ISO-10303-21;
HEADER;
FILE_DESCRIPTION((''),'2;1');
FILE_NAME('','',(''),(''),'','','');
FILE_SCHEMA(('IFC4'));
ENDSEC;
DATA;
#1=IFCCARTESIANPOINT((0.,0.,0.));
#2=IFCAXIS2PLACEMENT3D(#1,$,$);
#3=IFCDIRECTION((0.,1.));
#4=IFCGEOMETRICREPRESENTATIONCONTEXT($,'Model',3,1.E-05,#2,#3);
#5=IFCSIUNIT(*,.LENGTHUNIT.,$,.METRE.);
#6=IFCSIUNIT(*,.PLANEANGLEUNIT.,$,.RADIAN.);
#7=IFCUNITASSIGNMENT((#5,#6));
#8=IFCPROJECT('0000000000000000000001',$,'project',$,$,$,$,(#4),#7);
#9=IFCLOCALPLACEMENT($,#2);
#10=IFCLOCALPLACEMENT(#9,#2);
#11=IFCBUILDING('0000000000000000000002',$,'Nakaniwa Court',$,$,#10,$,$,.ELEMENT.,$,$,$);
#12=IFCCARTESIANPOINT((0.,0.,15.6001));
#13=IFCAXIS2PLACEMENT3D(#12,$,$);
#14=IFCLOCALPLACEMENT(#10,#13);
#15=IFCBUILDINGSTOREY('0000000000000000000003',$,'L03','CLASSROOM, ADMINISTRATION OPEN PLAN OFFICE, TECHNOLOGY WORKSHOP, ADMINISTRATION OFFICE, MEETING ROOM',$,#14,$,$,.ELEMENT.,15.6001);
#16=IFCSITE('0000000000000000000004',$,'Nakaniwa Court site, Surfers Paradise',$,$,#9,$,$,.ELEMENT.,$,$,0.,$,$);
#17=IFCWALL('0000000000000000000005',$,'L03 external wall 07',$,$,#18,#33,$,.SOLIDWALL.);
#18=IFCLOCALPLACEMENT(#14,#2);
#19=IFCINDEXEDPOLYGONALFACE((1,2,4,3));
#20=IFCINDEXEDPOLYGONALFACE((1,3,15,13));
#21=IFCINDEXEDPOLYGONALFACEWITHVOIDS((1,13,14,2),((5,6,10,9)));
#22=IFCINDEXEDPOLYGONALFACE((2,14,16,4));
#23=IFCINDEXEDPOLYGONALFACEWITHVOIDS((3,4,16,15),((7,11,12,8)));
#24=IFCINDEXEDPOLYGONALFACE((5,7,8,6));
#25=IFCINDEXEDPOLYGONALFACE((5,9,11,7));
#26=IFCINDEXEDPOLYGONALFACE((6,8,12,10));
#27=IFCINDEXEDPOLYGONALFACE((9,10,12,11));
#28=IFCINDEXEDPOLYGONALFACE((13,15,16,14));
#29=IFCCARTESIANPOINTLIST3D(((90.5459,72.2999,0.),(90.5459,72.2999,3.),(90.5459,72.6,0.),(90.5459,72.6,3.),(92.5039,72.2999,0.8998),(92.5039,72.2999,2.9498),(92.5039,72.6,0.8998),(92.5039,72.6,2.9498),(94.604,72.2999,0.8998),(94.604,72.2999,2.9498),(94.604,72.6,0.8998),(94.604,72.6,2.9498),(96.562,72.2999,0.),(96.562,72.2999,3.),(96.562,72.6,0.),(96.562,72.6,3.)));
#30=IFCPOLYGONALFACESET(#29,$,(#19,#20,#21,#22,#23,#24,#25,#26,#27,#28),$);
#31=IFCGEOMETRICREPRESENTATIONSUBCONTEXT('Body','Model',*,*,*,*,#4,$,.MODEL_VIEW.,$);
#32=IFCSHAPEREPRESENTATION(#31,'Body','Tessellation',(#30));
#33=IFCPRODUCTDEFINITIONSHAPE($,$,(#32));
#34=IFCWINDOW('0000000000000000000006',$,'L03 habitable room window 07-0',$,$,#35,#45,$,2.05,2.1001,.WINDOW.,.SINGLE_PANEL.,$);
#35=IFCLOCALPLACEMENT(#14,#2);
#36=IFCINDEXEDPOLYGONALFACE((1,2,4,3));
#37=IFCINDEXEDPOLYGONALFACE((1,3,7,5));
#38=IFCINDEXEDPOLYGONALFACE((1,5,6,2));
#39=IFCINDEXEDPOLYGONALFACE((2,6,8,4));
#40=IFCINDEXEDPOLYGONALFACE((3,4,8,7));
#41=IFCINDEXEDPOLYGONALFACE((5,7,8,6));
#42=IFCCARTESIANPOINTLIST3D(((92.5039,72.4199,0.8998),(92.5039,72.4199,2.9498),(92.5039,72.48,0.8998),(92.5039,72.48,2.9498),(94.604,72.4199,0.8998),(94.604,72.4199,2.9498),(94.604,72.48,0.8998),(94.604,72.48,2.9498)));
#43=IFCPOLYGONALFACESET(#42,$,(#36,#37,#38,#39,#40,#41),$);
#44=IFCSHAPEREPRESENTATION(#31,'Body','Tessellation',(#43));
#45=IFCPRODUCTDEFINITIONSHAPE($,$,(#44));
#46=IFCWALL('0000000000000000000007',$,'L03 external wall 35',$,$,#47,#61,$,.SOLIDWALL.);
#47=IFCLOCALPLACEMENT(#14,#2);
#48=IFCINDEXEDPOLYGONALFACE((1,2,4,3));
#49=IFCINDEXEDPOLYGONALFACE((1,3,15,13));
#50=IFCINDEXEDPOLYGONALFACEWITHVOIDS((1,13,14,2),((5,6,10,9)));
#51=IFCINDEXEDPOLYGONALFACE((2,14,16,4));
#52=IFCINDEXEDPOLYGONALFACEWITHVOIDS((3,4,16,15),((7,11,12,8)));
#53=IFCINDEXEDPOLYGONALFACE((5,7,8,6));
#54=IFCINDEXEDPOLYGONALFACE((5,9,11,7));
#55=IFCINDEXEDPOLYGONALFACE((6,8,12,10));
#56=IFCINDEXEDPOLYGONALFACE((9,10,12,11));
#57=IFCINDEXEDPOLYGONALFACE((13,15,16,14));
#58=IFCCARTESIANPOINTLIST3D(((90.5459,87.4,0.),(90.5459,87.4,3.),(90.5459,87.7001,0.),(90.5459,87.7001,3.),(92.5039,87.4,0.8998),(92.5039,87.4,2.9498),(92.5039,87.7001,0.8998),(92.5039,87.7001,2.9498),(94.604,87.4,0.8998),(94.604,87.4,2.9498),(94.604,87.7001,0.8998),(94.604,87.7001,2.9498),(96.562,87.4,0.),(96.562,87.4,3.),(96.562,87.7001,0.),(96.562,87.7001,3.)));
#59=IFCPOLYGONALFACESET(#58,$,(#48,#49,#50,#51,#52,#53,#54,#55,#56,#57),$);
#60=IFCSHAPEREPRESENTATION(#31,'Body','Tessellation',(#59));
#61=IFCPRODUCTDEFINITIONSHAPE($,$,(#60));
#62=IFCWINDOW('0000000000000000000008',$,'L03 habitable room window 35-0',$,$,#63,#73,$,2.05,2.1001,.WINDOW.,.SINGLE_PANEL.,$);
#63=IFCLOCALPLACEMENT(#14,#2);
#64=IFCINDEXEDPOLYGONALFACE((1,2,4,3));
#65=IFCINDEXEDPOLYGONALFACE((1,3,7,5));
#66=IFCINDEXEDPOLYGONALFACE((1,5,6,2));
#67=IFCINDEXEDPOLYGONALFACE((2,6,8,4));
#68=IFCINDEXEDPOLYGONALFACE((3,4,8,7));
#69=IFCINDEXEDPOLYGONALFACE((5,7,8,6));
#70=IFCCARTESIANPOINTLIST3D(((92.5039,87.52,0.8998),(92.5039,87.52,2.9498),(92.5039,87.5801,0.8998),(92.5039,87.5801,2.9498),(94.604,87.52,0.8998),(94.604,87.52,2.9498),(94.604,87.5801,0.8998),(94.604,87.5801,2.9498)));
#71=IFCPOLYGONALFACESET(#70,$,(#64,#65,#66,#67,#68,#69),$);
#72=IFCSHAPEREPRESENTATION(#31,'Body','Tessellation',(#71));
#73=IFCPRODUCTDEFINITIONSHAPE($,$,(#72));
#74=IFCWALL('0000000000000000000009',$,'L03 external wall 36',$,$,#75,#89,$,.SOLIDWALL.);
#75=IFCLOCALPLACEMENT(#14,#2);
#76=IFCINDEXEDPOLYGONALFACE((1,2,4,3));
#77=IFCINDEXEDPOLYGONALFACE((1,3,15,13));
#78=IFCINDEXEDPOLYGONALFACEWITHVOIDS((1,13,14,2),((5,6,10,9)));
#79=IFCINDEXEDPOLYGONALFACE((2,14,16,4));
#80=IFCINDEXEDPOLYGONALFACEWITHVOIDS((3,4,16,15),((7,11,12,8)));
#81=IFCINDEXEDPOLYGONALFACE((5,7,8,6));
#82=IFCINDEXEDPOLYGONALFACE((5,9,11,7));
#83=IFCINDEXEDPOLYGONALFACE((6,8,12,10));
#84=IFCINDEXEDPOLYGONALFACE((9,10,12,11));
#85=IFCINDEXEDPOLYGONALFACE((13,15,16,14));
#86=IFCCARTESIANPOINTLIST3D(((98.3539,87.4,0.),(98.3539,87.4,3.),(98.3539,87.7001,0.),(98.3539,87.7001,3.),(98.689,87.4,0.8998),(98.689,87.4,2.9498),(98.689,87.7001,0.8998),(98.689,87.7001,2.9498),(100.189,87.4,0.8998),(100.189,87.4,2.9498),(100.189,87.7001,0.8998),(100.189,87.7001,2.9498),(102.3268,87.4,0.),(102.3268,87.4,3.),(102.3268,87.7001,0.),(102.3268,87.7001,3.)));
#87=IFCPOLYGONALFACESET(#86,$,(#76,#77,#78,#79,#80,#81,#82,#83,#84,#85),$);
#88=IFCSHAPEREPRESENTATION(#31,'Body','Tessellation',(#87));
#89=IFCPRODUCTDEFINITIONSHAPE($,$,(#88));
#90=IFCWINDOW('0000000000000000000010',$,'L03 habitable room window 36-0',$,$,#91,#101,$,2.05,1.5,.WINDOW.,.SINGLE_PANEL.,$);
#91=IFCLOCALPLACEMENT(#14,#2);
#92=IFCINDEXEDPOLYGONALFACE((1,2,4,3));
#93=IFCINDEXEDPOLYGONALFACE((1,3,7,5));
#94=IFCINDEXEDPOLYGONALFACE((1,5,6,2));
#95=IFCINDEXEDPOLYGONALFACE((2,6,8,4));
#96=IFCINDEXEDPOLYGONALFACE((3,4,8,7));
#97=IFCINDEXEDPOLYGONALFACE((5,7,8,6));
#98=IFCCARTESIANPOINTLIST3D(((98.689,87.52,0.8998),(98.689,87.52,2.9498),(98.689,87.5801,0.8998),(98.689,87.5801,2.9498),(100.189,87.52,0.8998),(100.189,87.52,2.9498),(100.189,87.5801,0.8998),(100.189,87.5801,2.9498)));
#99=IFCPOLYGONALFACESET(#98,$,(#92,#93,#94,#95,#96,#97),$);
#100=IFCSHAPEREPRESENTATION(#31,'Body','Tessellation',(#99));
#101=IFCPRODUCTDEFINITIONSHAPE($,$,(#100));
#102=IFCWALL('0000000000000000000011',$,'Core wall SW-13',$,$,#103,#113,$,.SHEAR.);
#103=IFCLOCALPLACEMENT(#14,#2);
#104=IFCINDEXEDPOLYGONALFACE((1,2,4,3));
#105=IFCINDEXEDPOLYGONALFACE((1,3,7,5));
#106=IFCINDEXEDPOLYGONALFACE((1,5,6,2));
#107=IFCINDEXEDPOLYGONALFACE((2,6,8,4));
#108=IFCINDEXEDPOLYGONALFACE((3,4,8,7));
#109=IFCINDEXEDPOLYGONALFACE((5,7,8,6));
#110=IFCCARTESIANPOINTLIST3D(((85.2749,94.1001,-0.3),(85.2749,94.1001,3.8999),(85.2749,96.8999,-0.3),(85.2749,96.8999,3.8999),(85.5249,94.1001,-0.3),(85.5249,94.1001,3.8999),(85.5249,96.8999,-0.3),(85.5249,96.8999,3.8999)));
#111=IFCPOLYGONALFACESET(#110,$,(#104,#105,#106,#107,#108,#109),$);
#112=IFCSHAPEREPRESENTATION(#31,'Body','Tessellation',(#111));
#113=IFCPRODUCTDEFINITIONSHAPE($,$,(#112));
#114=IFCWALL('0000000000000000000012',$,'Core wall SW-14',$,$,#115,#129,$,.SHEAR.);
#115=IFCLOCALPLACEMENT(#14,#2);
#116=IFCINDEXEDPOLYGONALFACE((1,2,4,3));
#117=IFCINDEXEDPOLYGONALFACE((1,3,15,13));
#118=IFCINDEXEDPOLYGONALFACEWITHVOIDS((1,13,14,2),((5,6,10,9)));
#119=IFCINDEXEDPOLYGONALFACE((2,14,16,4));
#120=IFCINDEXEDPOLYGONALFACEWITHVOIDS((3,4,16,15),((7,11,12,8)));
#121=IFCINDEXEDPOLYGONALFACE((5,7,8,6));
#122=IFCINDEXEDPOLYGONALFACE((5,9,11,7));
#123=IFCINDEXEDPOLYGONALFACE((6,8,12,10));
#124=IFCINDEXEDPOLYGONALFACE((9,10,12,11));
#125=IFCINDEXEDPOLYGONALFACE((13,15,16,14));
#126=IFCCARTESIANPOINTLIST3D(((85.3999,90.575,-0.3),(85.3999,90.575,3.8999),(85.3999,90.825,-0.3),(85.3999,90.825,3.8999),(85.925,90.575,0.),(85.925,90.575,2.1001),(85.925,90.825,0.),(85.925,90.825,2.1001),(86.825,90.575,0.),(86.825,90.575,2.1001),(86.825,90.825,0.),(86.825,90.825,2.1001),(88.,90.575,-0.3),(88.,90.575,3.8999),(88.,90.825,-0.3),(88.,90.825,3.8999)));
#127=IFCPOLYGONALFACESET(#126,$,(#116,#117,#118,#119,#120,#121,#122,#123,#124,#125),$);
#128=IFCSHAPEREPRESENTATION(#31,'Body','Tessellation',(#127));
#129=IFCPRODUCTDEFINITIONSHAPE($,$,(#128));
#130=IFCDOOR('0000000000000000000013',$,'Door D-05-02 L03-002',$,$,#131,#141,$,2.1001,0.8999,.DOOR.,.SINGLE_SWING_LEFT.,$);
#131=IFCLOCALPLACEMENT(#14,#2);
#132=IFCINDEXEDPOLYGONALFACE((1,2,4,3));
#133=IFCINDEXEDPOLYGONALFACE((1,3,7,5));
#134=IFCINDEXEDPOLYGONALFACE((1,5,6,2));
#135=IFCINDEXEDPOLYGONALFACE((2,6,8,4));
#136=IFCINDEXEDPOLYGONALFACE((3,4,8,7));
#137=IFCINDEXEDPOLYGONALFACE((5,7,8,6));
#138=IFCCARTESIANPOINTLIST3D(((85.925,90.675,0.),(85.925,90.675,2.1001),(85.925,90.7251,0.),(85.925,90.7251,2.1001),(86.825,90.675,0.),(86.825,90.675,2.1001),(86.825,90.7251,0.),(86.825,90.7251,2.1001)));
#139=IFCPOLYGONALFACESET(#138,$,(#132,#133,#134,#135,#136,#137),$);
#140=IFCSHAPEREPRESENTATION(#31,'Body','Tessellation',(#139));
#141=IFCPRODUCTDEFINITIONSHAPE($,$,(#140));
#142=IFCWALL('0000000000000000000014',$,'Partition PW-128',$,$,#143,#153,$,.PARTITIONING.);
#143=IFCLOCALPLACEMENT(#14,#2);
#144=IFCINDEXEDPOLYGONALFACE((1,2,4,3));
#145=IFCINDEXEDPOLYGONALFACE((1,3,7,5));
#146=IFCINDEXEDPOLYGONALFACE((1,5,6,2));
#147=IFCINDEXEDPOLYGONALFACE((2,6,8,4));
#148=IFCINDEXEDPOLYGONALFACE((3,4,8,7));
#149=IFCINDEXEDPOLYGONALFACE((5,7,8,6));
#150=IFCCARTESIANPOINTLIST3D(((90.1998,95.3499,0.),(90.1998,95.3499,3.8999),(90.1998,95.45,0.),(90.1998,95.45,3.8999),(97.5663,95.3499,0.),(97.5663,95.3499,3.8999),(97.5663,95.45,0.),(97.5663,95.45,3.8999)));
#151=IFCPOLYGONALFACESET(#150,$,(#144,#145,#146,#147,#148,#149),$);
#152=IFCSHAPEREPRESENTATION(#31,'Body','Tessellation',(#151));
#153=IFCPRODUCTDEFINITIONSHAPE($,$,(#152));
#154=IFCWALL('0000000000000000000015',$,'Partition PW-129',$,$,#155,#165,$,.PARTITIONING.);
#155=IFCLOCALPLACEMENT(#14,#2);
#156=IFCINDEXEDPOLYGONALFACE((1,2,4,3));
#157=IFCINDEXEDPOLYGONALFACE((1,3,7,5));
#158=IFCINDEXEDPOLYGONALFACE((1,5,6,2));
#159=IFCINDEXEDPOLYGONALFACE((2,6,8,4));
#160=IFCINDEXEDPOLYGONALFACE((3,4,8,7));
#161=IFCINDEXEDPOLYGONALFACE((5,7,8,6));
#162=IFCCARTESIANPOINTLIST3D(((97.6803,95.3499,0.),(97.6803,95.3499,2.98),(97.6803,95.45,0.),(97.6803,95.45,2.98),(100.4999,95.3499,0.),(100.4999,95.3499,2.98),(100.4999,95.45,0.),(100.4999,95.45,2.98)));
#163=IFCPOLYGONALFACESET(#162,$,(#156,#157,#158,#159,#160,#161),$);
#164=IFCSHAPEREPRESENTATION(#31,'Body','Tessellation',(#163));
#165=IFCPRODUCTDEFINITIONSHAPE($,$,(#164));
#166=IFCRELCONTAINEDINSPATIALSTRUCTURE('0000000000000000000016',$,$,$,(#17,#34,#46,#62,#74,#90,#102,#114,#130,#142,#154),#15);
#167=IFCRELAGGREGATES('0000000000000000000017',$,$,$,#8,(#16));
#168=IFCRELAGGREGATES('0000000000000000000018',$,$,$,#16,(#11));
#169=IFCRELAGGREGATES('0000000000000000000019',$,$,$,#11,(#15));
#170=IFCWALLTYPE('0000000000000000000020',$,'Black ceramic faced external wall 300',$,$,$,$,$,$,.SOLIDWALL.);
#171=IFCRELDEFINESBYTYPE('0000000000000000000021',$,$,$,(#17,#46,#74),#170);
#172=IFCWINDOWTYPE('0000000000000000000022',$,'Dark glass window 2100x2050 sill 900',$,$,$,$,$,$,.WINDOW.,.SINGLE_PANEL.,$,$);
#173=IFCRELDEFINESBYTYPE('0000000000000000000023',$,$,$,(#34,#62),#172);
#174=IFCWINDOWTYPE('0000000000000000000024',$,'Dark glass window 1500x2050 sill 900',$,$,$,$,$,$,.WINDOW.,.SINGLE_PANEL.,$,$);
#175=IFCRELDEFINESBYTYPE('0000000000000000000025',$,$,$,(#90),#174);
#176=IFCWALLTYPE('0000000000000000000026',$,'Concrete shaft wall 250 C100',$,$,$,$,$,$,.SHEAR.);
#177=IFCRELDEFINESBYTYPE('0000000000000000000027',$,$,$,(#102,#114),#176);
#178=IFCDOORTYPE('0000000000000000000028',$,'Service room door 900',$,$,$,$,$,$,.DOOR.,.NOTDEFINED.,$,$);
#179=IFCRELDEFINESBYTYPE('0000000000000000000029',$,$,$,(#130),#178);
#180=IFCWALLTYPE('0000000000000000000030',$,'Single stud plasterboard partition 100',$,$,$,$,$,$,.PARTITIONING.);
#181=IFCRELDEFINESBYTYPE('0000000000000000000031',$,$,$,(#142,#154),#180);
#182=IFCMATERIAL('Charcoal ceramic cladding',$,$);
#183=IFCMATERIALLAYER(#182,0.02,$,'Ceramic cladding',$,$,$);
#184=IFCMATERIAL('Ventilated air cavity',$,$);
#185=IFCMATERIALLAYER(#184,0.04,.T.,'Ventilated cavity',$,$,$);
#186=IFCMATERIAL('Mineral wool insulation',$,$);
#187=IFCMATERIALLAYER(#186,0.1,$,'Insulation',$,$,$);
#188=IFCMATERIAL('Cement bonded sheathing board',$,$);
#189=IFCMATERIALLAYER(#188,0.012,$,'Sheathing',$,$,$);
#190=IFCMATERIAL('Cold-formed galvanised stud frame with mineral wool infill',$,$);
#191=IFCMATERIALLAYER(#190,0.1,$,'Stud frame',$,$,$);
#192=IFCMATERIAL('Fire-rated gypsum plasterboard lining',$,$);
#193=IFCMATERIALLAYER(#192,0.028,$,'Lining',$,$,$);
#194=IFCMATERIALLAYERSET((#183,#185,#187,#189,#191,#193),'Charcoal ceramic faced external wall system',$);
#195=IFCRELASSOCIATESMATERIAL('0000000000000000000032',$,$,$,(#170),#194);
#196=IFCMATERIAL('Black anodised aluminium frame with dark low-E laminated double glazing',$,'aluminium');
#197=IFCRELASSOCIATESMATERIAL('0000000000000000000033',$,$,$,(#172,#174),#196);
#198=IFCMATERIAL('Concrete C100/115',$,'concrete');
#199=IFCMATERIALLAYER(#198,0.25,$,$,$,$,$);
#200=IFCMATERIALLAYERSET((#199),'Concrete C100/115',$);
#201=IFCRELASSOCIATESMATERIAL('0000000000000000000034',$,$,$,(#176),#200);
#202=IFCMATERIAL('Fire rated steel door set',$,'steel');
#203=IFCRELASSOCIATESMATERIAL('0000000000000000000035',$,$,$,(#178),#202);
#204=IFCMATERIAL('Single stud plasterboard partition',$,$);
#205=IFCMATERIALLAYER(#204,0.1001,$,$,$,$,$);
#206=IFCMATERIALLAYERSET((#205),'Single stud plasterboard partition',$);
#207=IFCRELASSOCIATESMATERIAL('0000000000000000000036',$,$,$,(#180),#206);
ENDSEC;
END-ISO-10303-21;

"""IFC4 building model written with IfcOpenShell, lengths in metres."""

from ifc_helpers import new_model, si_unit, direction, frame, frame_2d, origin, place, context, subcontext, project, spatial, rectangle, extrude, material, layer, layer_set, type_object, element, fill, save


model = new_model("IFC4")

# Units and contexts
model_context = context("Model", 3, precision=1e-05, world=origin(), true_north=direction((0.0, 1.0)))
body_context = subcontext(model_context, "Body", "Model", "MODEL_VIEW")
ifc_project = project(units=[si_unit("LENGTHUNIT", "METRE"), si_unit("PLANEANGLEUNIT", "RADIAN")], contexts=[model_context])

# Site, building, storey
site_placement = place(None, origin())
site = spatial("IfcSite", under=ifc_project, at=site_placement, Name="Nakaniwa Court site, Surfers Paradise", CompositionType="ELEMENT", RefElevation=0.0)
building_placement = place(site_placement, origin())
building = spatial("IfcBuilding", under=site, at=building_placement, Name="Nakaniwa Court", CompositionType="ELEMENT")
storey_placement = place(building_placement, frame((0.0, 0.0, 15.6001)))
storey = spatial("IfcBuildingStorey", under=building, at=storey_placement, Name="L03", Description="CLASSROOM, ADMINISTRATION OPEN PLAN OFFICE, TECHNOLOGY WORKSHOP, ADMINISTRATION OFFICE, MEETING ROOM", CompositionType="ELEMENT", Elevation=15.6001)

# Shared definitions
ifc_material_1 = material(Name="Concrete C100/115", Category="concrete")

# Walls, openings, windows
ifc_material_2 = material(Name="Charcoal ceramic cladding")
ifc_layer_1 = layer(ifc_material_2, 0.02, Name="Ceramic cladding")
ifc_material_3 = material(Name="Ventilated air cavity")
ifc_layer_2 = layer(ifc_material_3, 0.04, ventilated=True, Name="Ventilated cavity")
ifc_material_4 = material(Name="Mineral wool insulation")
ifc_layer_3 = layer(ifc_material_4, 0.1, Name="Insulation")
ifc_material_5 = material(Name="Cement bonded sheathing board")
ifc_layer_4 = layer(ifc_material_5, 0.012, Name="Sheathing")
ifc_material_6 = material(Name="Cold-formed galvanised stud frame with mineral wool infill")
ifc_layer_5 = layer(ifc_material_6, 0.1, Name="Stud frame")
ifc_material_7 = material(Name="Fire-rated gypsum plasterboard lining")
ifc_layer_6 = layer(ifc_material_7, 0.028, Name="Lining")
ifc_layer_set_1 = layer_set([ifc_layer_1, ifc_layer_2, ifc_layer_3, ifc_layer_4, ifc_layer_5, ifc_layer_6], Name="Charcoal ceramic faced external wall system")
wall_type_1 = type_object("IfcWallType", Name="Black ceramic faced external wall 300", PredefinedType="SOLIDWALL", material=ifc_layer_set_1)
wall_1_placement = place(storey_placement, frame((96.562, 72.45, 0.0), z_axis=(0.0, 0.0, 1.0), x_axis=(-1.0, 0.0, 0.0)))
wall_1 = element("IfcWall", 1, at=wall_1_placement, inside=storey, type_object=wall_type_1, Name="L03 external wall 07", PredefinedType="SOLIDWALL", context=body_context, shape_type="SweptSolid", body=[
    extrude(rectangle(XDim=6.0161, YDim=0.3, at=frame_2d((3.0081, 0.0))), origin(), (0.0, 0.0, 1.0), 3.0),
])
opening_1_placement = place(wall_1_placement, frame((1.958, 0.0, 0.8999)))
opening_1 = element("IfcOpeningElement", 2, at=opening_1_placement, cuts=wall_1, PredefinedType="OPENING", context=body_context, shape_type="SweptSolid", body=[
    extrude(rectangle(XDim=2.1001, YDim=2.05, at=frame_2d((1.05, 1.0249))), frame((0.0, 0.1599, 0.0), z_axis=(0.0, -1.0, 0.0), x_axis=(1.0, 0.0, 0.0)), (0.0, 0.0, 1.0), 0.3201),
])
ifc_material_8 = material(Name="Black anodised aluminium frame with dark low-E laminated double glazing", Category="aluminium")
window_type_1 = type_object("IfcWindowType", Name="Dark glass window 2100x2050 sill 900", PartitioningType="SINGLE_PANEL", PredefinedType="WINDOW", material=ifc_material_8)
window_1_placement = place(opening_1_placement, origin())
window_1 = element("IfcWindow", 3, at=window_1_placement, inside=storey, type_object=window_type_1, Name="L03 habitable room window 07-0", OverallHeight=2.05, OverallWidth=2.1001, PartitioningType="SINGLE_PANEL", PredefinedType="WINDOW", context=body_context, shape_type="SweptSolid", body=[
    extrude(rectangle(XDim=2.1001, YDim=2.05, at=frame_2d((1.05, 1.0249))), frame((0.0, 0.03, 0.0), z_axis=(0.0, -1.0, 0.0), x_axis=(1.0, 0.0, 0.0)), (0.0, 0.0, 1.0), 0.0601),
])
fill(opening_1, window_1)
wall_2_placement = place(storey_placement, frame((90.5459, 87.55, 0.0), z_axis=(0.0, 0.0, 1.0), x_axis=(1.0, 0.0, 0.0)))
wall_2 = element("IfcWall", 4, at=wall_2_placement, inside=storey, type_object=wall_type_1, Name="L03 external wall 35", PredefinedType="SOLIDWALL", context=body_context, shape_type="SweptSolid", body=[
    extrude(rectangle(XDim=6.0161, YDim=0.3, at=frame_2d((3.0081, 0.0))), origin(), (0.0, 0.0, 1.0), 3.0),
])
opening_2_placement = place(wall_2_placement, frame((1.958, 0.0, 0.8999)))
opening_2 = element("IfcOpeningElement", 5, at=opening_2_placement, cuts=wall_2, PredefinedType="OPENING", context=body_context, shape_type="SweptSolid", body=[
    extrude(rectangle(XDim=2.1001, YDim=2.05, at=frame_2d((1.05, 1.0249))), frame((0.0, 0.1599, 0.0), z_axis=(0.0, -1.0, 0.0), x_axis=(1.0, 0.0, 0.0)), (0.0, 0.0, 1.0), 0.3201),
])
window_2_placement = place(opening_2_placement, origin())
window_2 = element("IfcWindow", 6, at=window_2_placement, inside=storey, type_object=window_type_1, Name="L03 habitable room window 35-0", OverallHeight=2.05, OverallWidth=2.1001, PartitioningType="SINGLE_PANEL", PredefinedType="WINDOW", context=body_context, shape_type="SweptSolid", body=[
    extrude(rectangle(XDim=2.1001, YDim=2.05, at=frame_2d((1.05, 1.0249))), frame((0.0, 0.03, 0.0), z_axis=(0.0, -1.0, 0.0), x_axis=(1.0, 0.0, 0.0)), (0.0, 0.0, 1.0), 0.0601),
])
fill(opening_2, window_2)
wall_3_placement = place(storey_placement, frame((98.354, 87.55, 0.0), z_axis=(0.0, 0.0, 1.0), x_axis=(1.0, 0.0, 0.0)))
wall_3 = element("IfcWall", 7, at=wall_3_placement, inside=storey, type_object=wall_type_1, Name="L03 external wall 36", PredefinedType="SOLIDWALL", context=body_context, shape_type="SweptSolid", body=[
    extrude(rectangle(XDim=3.9729, YDim=0.3, at=frame_2d((1.9863, 0.0))), origin(), (0.0, 0.0, 1.0), 3.0),
])
opening_3_placement = place(wall_3_placement, frame((0.335, 0.0, 0.8999)))
opening_3 = element("IfcOpeningElement", 8, at=opening_3_placement, cuts=wall_3, PredefinedType="OPENING", context=body_context, shape_type="SweptSolid", body=[
    extrude(rectangle(XDim=1.5, YDim=2.05, at=frame_2d((0.75, 1.0249))), frame((0.0, 0.1599, 0.0), z_axis=(0.0, -1.0, 0.0), x_axis=(1.0, 0.0, 0.0)), (0.0, 0.0, 1.0), 0.3201),
])
window_type_2 = type_object("IfcWindowType", Name="Dark glass window 1500x2050 sill 900", PartitioningType="SINGLE_PANEL", PredefinedType="WINDOW", material=ifc_material_8)
window_3_placement = place(opening_3_placement, origin())
window_3 = element("IfcWindow", 9, at=window_3_placement, inside=storey, type_object=window_type_2, Name="L03 habitable room window 36-0", OverallHeight=2.05, OverallWidth=1.5, PartitioningType="SINGLE_PANEL", PredefinedType="WINDOW", context=body_context, shape_type="SweptSolid", body=[
    extrude(rectangle(XDim=1.5, YDim=2.05, at=frame_2d((0.75, 1.0249))), frame((0.0, 0.03, 0.0), z_axis=(0.0, -1.0, 0.0), x_axis=(1.0, 0.0, 0.0)), (0.0, 0.0, 1.0), 0.0601),
])
fill(opening_3, window_3)

# Wall
ifc_layer_7 = layer(ifc_material_1, 0.25)
ifc_layer_set_2 = layer_set([ifc_layer_7], Name="Concrete C100/115")
wall_type_2 = type_object("IfcWallType", Name="Concrete shaft wall 250 C100", PredefinedType="SHEAR", material=ifc_layer_set_2)
wall_4_placement = place(storey_placement, frame((85.3999, 94.1001, -0.3), z_axis=(0.0, 0.0, 1.0), x_axis=(0.0, 1.0, 0.0)))
element("IfcWall", 10, at=wall_4_placement, inside=storey, type_object=wall_type_2, Name="Core wall SW-13", PredefinedType="SHEAR", context=body_context, shape_type="SweptSolid", body=[
    extrude(rectangle(XDim=2.7998, YDim=0.25, at=frame_2d((1.3999, 0.0))), origin(), (0.0, 0.0, 1.0), 4.2),
])

# Wall, opening, door
wall_5_placement = place(storey_placement, frame((88.0, 90.7, -0.3), z_axis=(0.0, 0.0, 1.0), x_axis=(-1.0, 0.0, 0.0)))
wall_5 = element("IfcWall", 11, at=wall_5_placement, inside=storey, type_object=wall_type_2, Name="Core wall SW-14", PredefinedType="SHEAR", context=body_context, shape_type="SweptSolid", body=[
    extrude(rectangle(XDim=2.6001, YDim=0.25, at=frame_2d((1.3, 0.0))), origin(), (0.0, 0.0, 1.0), 4.2),
])
opening_4_placement = place(wall_5_placement, frame((1.175, 0.0, 0.3)))
opening_4 = element("IfcOpeningElement", 12, at=opening_4_placement, cuts=wall_5, PredefinedType="OPENING", context=body_context, shape_type="SweptSolid", body=[
    extrude(rectangle(XDim=0.8999, YDim=2.1001, at=frame_2d((0.45, 1.05))), frame((0.0, 0.135, 0.0), z_axis=(0.0, -1.0, 0.0), x_axis=(1.0, 0.0, 0.0)), (0.0, 0.0, 1.0), 0.27),
])
ifc_material_9 = material(Name="Fire rated steel door set", Category="steel")
door_type = type_object("IfcDoorType", Name="Service room door 900", OperationType="NOTDEFINED", PredefinedType="DOOR", material=ifc_material_9)
door_placement = place(opening_4_placement, origin())
door = element("IfcDoor", 13, at=door_placement, inside=storey, type_object=door_type, Name="Door D-05-02 L03-002", OperationType="SINGLE_SWING_LEFT", OverallHeight=2.1001, OverallWidth=0.8999, PredefinedType="DOOR", context=body_context, shape_type="SweptSolid", body=[
    extrude(rectangle(XDim=0.8999, YDim=2.1001, at=frame_2d((0.45, 1.05))), frame((0.0, 0.0249, 0.0), z_axis=(0.0, -1.0, 0.0), x_axis=(1.0, 0.0, 0.0)), (0.0, 0.0, 1.0), 0.05),
])
fill(opening_4, door)

# Walls
ifc_material_10 = material(Name="Single stud plasterboard partition")
ifc_layer_8 = layer(ifc_material_10, 0.1001)
ifc_layer_set_3 = layer_set([ifc_layer_8], Name="Single stud plasterboard partition")
wall_type_3 = type_object("IfcWallType", Name="Single stud plasterboard partition 100", PredefinedType="PARTITIONING", material=ifc_layer_set_3)
wall_6_placement = place(storey_placement, frame((90.2, 95.3999, 0.0), z_axis=(0.0, 0.0, 1.0), x_axis=(1.0, 0.0, 0.0)))
element("IfcWall", 14, at=wall_6_placement, inside=storey, type_object=wall_type_3, Name="Partition PW-128", PredefinedType="PARTITIONING", context=body_context, shape_type="SweptSolid", body=[
    extrude(rectangle(XDim=7.3665, YDim=0.1001, at=frame_2d((3.6831, 0.0))), origin(), (0.0, 0.0, 1.0), 3.8999),
])
wall_7_placement = place(storey_placement, frame((97.6804, 95.3999, 0.0), z_axis=(0.0, 0.0, 1.0), x_axis=(1.0, 0.0, 0.0)))
element("IfcWall", 15, at=wall_7_placement, inside=storey, type_object=wall_type_3, Name="Partition PW-129", PredefinedType="PARTITIONING", context=body_context, shape_type="SweptSolid", body=[
    extrude(rectangle(XDim=2.8196, YDim=0.1001, at=frame_2d((1.4097, 0.0))), origin(), (0.0, 0.0, 1.0), 2.98),
])

save(model, "model.ifc")
